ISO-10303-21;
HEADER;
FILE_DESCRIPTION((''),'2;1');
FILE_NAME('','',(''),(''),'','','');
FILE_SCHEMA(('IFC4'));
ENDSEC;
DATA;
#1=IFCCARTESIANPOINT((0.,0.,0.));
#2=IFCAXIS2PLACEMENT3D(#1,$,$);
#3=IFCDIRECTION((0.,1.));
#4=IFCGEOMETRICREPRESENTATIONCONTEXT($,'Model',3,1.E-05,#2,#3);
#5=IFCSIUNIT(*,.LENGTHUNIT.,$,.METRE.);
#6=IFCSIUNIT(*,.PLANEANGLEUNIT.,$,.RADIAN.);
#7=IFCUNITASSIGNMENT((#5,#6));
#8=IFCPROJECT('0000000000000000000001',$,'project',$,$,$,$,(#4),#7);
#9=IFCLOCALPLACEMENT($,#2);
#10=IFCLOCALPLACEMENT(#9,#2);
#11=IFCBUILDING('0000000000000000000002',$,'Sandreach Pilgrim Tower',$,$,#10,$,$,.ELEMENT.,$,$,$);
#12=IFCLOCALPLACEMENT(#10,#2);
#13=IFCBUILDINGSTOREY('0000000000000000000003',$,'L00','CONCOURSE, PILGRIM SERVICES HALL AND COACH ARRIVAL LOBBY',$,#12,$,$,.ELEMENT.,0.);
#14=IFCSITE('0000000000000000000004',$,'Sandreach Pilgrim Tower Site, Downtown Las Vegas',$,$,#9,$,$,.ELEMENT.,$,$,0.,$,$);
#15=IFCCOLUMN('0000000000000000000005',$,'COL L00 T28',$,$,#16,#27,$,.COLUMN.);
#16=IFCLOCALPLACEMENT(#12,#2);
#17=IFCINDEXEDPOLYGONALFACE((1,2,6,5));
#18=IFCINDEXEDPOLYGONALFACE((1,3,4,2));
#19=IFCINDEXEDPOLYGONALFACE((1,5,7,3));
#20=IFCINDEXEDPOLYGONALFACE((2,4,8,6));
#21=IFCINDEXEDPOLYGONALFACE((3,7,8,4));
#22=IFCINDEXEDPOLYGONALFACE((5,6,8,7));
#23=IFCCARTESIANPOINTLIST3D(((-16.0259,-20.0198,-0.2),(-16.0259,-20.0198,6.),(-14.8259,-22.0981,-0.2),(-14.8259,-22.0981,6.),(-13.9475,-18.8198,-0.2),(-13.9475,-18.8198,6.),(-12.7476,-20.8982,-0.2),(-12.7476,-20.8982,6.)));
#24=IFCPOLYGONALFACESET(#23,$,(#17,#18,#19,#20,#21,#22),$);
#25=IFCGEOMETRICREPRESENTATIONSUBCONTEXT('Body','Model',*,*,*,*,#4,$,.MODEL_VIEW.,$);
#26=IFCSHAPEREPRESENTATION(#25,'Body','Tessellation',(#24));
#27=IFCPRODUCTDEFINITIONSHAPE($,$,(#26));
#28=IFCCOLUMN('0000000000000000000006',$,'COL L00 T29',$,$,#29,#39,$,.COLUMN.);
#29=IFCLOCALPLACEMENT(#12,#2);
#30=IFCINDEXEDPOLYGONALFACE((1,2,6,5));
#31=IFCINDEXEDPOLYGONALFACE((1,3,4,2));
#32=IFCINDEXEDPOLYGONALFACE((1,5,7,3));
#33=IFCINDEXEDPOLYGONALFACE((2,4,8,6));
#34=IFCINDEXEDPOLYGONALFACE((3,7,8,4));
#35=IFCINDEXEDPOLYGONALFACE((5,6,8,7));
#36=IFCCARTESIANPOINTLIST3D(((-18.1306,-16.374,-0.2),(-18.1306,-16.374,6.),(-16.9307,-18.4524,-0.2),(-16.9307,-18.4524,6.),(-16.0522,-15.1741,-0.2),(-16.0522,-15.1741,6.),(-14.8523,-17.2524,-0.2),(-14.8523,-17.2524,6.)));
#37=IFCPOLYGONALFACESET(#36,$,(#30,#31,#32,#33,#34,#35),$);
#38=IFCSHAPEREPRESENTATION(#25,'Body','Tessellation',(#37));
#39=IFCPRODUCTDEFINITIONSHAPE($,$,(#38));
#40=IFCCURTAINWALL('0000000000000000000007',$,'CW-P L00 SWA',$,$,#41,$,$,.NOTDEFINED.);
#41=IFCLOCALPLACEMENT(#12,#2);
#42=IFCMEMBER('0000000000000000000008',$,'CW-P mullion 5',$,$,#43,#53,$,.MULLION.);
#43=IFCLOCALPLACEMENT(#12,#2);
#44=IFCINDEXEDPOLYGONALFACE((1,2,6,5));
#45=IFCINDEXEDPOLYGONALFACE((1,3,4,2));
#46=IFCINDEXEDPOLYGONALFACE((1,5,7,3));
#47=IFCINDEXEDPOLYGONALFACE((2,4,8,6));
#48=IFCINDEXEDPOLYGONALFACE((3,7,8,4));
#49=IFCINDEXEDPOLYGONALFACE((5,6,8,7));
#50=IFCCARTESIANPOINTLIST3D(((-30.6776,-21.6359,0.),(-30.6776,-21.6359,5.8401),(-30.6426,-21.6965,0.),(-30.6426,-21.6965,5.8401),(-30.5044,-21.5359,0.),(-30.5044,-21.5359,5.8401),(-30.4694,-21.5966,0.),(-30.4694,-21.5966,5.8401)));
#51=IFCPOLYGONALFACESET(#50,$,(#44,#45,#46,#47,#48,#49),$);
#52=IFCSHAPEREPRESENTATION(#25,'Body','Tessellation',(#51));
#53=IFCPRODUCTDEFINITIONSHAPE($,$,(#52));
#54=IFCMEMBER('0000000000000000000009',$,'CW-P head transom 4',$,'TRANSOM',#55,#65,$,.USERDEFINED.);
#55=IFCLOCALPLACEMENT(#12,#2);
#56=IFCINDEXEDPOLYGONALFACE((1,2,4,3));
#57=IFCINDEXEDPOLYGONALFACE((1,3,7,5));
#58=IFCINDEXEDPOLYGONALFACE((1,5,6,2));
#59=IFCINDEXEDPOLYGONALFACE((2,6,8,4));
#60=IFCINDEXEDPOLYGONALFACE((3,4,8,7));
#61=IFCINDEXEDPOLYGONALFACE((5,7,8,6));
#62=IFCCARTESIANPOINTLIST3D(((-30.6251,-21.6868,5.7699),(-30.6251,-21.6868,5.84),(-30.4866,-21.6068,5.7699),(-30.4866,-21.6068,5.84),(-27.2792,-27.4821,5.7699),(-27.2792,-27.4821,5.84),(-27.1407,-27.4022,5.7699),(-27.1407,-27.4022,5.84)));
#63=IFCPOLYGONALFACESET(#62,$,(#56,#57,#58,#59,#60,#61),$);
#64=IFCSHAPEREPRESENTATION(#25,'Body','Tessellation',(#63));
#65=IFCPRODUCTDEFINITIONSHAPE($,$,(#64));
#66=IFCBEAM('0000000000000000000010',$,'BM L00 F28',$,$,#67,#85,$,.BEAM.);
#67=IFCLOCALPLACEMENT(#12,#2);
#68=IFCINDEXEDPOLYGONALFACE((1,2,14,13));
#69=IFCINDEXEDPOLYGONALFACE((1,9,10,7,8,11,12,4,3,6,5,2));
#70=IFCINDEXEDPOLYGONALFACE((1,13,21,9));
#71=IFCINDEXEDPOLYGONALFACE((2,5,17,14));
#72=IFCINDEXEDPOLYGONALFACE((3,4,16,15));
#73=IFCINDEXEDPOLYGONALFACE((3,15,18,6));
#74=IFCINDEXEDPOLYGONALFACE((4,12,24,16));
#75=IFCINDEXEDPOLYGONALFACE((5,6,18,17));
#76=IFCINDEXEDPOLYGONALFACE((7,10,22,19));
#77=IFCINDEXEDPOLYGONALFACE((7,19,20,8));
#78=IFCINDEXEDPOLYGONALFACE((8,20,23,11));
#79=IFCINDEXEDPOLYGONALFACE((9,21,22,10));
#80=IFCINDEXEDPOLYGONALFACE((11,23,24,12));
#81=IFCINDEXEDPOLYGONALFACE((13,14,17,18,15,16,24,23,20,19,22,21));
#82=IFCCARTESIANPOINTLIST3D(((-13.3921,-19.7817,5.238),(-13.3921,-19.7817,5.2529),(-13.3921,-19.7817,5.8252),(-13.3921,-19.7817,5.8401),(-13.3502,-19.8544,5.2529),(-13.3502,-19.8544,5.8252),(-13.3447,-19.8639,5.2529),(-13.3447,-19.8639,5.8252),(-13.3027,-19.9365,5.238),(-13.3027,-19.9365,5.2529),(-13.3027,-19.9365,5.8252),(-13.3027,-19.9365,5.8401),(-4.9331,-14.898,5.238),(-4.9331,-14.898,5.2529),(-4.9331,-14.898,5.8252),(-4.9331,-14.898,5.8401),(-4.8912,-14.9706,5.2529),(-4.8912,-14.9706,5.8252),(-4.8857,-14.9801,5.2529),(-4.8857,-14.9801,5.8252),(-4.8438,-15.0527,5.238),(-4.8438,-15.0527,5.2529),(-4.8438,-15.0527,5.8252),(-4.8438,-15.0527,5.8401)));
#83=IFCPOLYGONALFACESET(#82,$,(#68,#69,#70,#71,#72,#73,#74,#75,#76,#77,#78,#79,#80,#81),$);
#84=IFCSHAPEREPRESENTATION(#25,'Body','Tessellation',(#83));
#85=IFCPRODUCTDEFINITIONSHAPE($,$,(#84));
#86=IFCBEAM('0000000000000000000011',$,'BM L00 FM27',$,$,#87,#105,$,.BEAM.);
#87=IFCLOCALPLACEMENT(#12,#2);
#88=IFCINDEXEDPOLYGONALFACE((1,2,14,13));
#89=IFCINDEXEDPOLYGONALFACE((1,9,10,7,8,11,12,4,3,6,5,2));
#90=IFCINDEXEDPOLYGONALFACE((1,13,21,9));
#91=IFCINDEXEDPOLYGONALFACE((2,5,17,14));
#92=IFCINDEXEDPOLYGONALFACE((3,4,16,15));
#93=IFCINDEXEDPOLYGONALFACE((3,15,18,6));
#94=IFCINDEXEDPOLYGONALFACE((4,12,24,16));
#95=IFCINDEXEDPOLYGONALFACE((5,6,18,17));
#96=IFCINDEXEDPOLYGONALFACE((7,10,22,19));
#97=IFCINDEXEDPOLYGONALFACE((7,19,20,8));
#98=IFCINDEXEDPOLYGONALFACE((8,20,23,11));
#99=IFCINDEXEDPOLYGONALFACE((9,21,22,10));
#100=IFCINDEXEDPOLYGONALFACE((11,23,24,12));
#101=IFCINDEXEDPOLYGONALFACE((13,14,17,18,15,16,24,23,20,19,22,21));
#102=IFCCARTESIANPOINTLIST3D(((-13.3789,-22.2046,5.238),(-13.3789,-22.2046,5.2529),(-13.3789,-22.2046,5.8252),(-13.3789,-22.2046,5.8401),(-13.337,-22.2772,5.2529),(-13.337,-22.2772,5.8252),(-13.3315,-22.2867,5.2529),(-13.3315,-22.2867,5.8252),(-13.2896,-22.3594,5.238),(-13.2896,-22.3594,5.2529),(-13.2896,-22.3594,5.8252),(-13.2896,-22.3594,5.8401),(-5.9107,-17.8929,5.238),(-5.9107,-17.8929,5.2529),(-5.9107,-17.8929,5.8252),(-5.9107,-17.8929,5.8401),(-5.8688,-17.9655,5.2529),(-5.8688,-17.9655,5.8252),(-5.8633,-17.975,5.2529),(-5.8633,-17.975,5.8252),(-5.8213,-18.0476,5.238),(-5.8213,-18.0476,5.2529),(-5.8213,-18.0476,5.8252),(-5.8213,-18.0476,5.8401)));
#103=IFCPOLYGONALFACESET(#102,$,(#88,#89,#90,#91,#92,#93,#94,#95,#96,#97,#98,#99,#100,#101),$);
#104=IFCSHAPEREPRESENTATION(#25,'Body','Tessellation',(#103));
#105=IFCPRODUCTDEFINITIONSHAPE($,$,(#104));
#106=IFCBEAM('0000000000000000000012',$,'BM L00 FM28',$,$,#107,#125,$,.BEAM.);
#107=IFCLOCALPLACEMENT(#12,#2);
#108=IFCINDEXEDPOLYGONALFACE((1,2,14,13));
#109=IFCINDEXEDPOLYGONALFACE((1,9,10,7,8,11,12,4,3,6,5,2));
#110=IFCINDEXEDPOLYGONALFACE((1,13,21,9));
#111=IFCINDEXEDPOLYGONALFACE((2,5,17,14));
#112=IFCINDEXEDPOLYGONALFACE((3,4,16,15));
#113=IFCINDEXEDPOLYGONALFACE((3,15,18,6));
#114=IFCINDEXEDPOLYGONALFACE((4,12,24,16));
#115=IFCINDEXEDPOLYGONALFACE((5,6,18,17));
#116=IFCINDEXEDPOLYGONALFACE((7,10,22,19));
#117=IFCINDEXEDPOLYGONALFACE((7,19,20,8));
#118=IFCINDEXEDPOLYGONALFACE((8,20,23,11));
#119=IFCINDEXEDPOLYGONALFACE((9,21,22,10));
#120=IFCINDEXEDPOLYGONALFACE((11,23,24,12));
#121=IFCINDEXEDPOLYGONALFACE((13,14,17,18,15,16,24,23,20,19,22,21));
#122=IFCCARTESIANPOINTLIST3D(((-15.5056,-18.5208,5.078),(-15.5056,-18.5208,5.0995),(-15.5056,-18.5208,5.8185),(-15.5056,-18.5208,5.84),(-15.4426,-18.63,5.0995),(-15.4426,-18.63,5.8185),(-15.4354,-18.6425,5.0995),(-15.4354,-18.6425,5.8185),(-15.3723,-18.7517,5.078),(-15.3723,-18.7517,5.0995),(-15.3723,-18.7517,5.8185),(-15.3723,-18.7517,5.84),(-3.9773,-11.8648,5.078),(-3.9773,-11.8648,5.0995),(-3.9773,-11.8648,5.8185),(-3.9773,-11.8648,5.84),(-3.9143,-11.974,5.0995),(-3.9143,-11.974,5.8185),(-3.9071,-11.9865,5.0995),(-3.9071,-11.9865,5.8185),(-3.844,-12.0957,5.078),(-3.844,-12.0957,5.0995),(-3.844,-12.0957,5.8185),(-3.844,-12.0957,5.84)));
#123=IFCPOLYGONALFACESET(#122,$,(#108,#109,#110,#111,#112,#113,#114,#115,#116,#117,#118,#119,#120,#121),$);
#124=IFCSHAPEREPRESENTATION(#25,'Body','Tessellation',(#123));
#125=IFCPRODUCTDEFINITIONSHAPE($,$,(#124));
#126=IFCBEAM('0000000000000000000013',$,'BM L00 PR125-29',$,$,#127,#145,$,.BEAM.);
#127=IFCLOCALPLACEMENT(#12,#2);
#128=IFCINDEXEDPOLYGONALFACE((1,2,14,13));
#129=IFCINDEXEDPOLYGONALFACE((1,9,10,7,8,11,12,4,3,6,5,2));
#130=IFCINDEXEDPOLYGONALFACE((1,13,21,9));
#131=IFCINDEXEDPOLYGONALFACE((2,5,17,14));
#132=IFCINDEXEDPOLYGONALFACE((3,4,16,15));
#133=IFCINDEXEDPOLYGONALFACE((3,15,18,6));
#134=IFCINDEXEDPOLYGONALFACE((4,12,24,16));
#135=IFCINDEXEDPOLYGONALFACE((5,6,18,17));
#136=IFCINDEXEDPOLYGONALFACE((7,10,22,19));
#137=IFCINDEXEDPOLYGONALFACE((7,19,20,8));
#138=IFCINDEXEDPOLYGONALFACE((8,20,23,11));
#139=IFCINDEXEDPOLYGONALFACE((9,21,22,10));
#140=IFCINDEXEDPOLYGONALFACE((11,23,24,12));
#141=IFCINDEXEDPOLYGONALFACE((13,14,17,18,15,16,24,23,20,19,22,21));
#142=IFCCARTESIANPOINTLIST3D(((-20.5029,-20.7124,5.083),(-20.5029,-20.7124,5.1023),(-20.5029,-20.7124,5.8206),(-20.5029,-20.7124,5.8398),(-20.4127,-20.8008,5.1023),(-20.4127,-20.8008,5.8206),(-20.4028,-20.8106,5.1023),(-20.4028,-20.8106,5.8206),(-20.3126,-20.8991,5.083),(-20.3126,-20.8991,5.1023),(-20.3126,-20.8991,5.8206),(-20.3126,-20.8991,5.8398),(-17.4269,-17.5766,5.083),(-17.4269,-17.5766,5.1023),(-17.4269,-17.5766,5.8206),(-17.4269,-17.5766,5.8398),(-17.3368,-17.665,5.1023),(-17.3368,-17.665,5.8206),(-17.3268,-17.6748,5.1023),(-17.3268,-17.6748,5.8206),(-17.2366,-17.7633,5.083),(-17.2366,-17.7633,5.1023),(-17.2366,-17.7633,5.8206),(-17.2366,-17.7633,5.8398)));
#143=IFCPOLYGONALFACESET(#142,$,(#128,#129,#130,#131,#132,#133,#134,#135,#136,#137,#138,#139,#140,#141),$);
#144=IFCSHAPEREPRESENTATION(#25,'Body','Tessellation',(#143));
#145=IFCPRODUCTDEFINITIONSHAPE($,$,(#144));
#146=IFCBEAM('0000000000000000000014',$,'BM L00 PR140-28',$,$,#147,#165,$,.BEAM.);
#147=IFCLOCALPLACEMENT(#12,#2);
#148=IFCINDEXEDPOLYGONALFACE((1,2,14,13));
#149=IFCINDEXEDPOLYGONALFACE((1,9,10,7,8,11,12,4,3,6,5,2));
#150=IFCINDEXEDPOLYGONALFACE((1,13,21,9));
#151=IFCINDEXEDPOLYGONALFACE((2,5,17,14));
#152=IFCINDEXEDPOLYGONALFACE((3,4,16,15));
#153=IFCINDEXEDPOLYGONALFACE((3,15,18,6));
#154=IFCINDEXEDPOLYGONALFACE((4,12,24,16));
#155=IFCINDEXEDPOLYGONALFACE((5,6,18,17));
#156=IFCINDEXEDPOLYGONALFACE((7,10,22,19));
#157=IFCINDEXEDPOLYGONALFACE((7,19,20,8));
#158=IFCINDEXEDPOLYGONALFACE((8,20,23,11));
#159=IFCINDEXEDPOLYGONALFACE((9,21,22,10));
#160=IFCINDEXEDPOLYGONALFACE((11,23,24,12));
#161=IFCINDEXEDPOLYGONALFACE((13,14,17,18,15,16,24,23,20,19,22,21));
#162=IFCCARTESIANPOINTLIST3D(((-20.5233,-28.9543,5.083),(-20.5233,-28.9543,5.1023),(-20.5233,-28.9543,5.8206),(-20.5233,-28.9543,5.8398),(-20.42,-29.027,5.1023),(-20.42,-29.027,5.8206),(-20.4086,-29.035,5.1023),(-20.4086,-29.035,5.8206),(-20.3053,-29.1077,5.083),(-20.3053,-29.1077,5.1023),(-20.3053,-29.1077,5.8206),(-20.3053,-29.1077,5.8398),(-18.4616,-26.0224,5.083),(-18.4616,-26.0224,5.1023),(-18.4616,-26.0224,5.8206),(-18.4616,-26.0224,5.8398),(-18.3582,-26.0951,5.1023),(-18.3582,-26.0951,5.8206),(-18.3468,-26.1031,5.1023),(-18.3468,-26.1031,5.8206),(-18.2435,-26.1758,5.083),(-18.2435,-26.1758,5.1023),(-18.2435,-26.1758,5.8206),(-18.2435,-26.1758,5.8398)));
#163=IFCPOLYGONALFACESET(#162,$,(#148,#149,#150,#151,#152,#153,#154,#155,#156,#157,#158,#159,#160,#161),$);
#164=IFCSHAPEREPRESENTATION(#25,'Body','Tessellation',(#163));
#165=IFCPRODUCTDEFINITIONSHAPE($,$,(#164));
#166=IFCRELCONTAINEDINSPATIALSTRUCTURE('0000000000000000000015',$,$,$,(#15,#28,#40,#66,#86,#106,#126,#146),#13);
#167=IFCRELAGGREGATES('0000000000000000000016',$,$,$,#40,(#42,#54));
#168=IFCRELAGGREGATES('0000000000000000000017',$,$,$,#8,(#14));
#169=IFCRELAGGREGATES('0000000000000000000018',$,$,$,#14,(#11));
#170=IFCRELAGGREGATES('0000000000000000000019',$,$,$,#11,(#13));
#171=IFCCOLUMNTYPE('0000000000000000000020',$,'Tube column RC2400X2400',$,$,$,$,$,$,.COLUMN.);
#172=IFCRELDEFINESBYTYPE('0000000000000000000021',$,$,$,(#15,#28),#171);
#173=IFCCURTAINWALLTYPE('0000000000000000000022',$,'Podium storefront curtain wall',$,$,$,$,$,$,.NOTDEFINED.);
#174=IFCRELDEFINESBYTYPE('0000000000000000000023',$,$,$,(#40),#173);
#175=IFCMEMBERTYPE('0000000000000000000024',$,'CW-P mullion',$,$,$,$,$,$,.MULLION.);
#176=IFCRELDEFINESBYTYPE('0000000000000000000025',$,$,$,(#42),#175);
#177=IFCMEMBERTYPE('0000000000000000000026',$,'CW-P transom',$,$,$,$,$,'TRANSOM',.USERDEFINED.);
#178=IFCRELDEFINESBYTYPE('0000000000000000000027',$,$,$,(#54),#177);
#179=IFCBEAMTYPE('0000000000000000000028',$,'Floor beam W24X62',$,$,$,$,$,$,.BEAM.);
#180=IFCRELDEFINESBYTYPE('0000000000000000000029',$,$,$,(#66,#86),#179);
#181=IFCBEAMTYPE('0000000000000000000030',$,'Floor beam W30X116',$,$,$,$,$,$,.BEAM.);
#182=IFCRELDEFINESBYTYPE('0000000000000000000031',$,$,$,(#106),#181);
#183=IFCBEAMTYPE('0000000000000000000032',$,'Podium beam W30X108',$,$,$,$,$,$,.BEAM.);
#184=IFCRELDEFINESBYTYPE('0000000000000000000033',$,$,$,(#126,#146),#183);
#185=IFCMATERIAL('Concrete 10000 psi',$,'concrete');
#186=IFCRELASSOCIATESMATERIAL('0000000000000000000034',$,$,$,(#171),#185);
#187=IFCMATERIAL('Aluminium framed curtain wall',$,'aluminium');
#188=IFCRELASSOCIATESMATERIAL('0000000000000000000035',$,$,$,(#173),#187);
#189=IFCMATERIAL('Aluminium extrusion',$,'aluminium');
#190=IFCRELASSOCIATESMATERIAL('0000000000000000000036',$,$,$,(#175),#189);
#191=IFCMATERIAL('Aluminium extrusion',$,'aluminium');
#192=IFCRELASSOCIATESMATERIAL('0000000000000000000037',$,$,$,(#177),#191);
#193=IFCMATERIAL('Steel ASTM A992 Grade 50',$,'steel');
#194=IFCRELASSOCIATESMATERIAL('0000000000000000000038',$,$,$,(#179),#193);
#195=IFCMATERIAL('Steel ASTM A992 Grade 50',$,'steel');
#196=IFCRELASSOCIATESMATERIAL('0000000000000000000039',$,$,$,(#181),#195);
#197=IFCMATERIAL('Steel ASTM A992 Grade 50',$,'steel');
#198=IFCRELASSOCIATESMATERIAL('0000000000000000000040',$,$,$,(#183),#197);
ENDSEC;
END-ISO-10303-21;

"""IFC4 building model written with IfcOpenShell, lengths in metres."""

from ifc_helpers import new_model, si_unit, direction, frame, origin, origin_2d, place, context, subcontext, project, spatial, rectangle, i_section, extrude, material, material_profile, profile_set, type_object, element, aggregate, save


model = new_model("IFC4")

# Units and contexts
model_context = context("Model", 3, precision=1e-05, world=origin(), true_north=direction((0.0, 1.0)))
body_context = subcontext(model_context, "Body", "Model", "MODEL_VIEW")
ifc_project = project(units=[si_unit("LENGTHUNIT", "METRE"), si_unit("PLANEANGLEUNIT", "RADIAN")], contexts=[model_context])

# Site, building, storey
site_placement = place(None, origin())
site = spatial("IfcSite", under=ifc_project, at=site_placement, Name="Sandreach Pilgrim Tower Site, Downtown Las Vegas", CompositionType="ELEMENT", RefElevation=0.0)
building_placement = place(site_placement, origin())
building = spatial("IfcBuilding", under=site, at=building_placement, Name="Sandreach Pilgrim Tower", CompositionType="ELEMENT")
storey_placement = place(building_placement, origin())
storey = spatial("IfcBuildingStorey", under=building, at=storey_placement, Name="L00", Description="CONCOURSE, PILGRIM SERVICES HALL AND COACH ARRIVAL LOBBY", CompositionType="ELEMENT", Elevation=0.0)

# Columns
ifc_material_1 = material(Name="Concrete 10000 psi", Category="concrete")
ifc_material_profile_1 = material_profile(ifc_material_1, rectangle(XDim=2.3999, YDim=2.3999, at=origin_2d()), Name="RC2400X2400")
ifc_profile_set_1 = profile_set([ifc_material_profile_1], Name="Concrete 10000 psi")
column_type_1 = type_object("IfcColumnType", Name="Tube column RC2400X2400", PredefinedType="COLUMN", material=ifc_profile_set_1)
for number, where, z_axis, x_axis, name in (
    (1, (-14.3867, -20.459, -0.2), (0.0, 0.0, 1.0), (-0.866025, -0.5, 0.0), "COL L00 T28"),
    (2, (-16.4915, -16.8132, -0.2), (0.0, 0.0, 1.0), (-0.866025, -0.5, 0.0), "COL L00 T29"),
):
    element("IfcColumn", number, at=place(storey_placement, frame(where, z_axis=z_axis, x_axis=x_axis)), inside=storey, type_object=column_type_1, Name=name, PredefinedType="COLUMN", context=body_context, shape_type="SweptSolid", body=[
        extrude(rectangle(XDim=2.3999, YDim=2.3999, at=origin_2d()), origin(), (0.0, 0.0, 1.0), 6.2),
    ])

# Curtain wall, members
ifc_material_2 = material(Name="Aluminium framed curtain wall", Category="aluminium")
curtain_wall_type = type_object("IfcCurtainWallType", Name="Podium storefront curtain wall", PredefinedType="NOTDEFINED", material=ifc_material_2)
curtain_wall_placement = place(storey_placement, origin())
curtain_wall = element("IfcCurtainWall", 3, at=curtain_wall_placement, inside=storey, type_object=curtain_wall_type, Name="CW-P L00 SWA", PredefinedType="NOTDEFINED")
ifc_material_3 = material(Name="Aluminium extrusion", Category="aluminium")
ifc_material_profile_2 = material_profile(ifc_material_3, rectangle(XDim=0.0701, YDim=0.2, at=origin_2d()), Name="CW-PM 70X200")
ifc_profile_set_2 = profile_set([ifc_material_profile_2], Name="Aluminium extrusion")
member_type_1 = type_object("IfcMemberType", Name="CW-P mullion", PredefinedType="MULLION", material=ifc_profile_set_2)
member_1_placement = place(storey_placement, frame((-30.5735, -21.6162, 0.0), z_axis=(0.0, 0.0, 1.0), x_axis=(-0.5, 0.866025, 0.0)))
member_1 = element("IfcMember", 4, at=member_1_placement, type_object=member_type_1, Name="CW-P mullion 5", PredefinedType="MULLION", context=body_context, shape_type="SweptSolid", body=[
    extrude(rectangle(XDim=0.0701, YDim=0.2, at=origin_2d()), origin(), (0.0, 0.0, 1.0), 5.8401),
])
ifc_material_4 = material(Name="Aluminium extrusion", Category="aluminium")
ifc_material_profile_3 = material_profile(ifc_material_4, rectangle(XDim=0.1599, YDim=0.0701, at=origin_2d()), Name="CW-PT 160X70")
ifc_profile_set_3 = profile_set([ifc_material_profile_3], Name="Aluminium extrusion")
member_type_2 = type_object("IfcMemberType", Name="CW-P transom", ElementType="TRANSOM", PredefinedType="USERDEFINED", material=ifc_profile_set_3)
member_2_placement = place(storey_placement, frame((-27.21, -27.4421, 5.8049), z_axis=(-0.499996, 0.866028, 0.0), x_axis=(-0.866028, -0.499996, 0.0)))
member_2 = element("IfcMember", 5, at=member_2_placement, type_object=member_type_2, Name="CW-P head transom 4", ObjectType="TRANSOM", PredefinedType="USERDEFINED", context=body_context, shape_type="SweptSolid", body=[
    extrude(rectangle(XDim=0.1599, YDim=0.0701, at=origin_2d()), origin(), (0.0, 0.0, 1.0), 6.6919),
])

# Beams
ifc_material_5 = material(Name="Steel ASTM A992 Grade 50", Category="steel")
ifc_material_profile_4 = material_profile(ifc_material_5, i_section(OverallWidth=0.1787, OverallDepth=0.6021, WebThickness=0.011, FlangeThickness=0.0149, at=origin_2d()), Name="W24X62")
ifc_profile_set_4 = profile_set([ifc_material_profile_4], Name="Steel ASTM A992 Grade 50")
beam_type_1 = type_object("IfcBeamType", Name="Floor beam W24X62", PredefinedType="BEAM", material=ifc_profile_set_4)
beam_1_placement = place(storey_placement, frame((-13.3474, -19.8591, 5.5391), z_axis=(0.866026, 0.499999, 0.0), x_axis=(-0.499999, 0.866026, 0.0)))
element("IfcBeam", 6, at=beam_1_placement, inside=storey, type_object=beam_type_1, Name="BM L00 F28", PredefinedType="BEAM", context=body_context, shape_type="SweptSolid", body=[
    extrude(i_section(OverallWidth=0.1787, OverallDepth=0.6021, WebThickness=0.011, FlangeThickness=0.0149, at=origin_2d()), origin(), (0.0, 0.0, 1.0), 9.7676),
])
beam_2_placement = place(storey_placement, frame((-13.3342, -22.282, 5.5391), z_axis=(0.866027, 0.499997, 0.0), x_axis=(-0.499997, 0.866027, 0.0)))
element("IfcBeam", 7, at=beam_2_placement, inside=storey, type_object=beam_type_1, Name="BM L00 FM27", PredefinedType="BEAM", context=body_context, shape_type="SweptSolid", body=[
    extrude(i_section(OverallWidth=0.1787, OverallDepth=0.6021, WebThickness=0.011, FlangeThickness=0.0149, at=origin_2d()), origin(), (0.0, 0.0, 1.0), 8.6235),
])
ifc_material_6 = material(Name="Steel ASTM A992 Grade 50", Category="steel")
ifc_material_profile_5 = material_profile(ifc_material_6, i_section(OverallWidth=0.2666, OverallDepth=0.762, WebThickness=0.0144, FlangeThickness=0.0215, at=origin_2d()), Name="W30X116")
ifc_profile_set_5 = profile_set([ifc_material_profile_5], Name="Steel ASTM A992 Grade 50")
beam_type_2 = type_object("IfcBeamType", Name="Floor beam W30X116", PredefinedType="BEAM", material=ifc_profile_set_5)
beam_3_placement = place(storey_placement, frame((-15.439, -18.6362, 5.459), z_axis=(0.866021, 0.500007, 0.0), x_axis=(-0.500007, 0.866021, 0.0)))
element("IfcBeam", 8, at=beam_3_placement, inside=storey, type_object=beam_type_2, Name="BM L00 FM28", PredefinedType="BEAM", context=body_context, shape_type="SweptSolid", body=[
    extrude(i_section(OverallWidth=0.2666, OverallDepth=0.762, WebThickness=0.0144, FlangeThickness=0.0215, at=origin_2d()), origin(), (0.0, 0.0, 1.0), 13.3118),
])
ifc_material_7 = material(Name="Steel ASTM A992 Grade 50", Category="steel")
ifc_material_profile_6 = material_profile(ifc_material_7, i_section(OverallWidth=0.2666, OverallDepth=0.7568, WebThickness=0.0139, FlangeThickness=0.0193, at=origin_2d()), Name="W30X108")
ifc_profile_set_6 = profile_set([ifc_material_profile_6], Name="Steel ASTM A992 Grade 50")
beam_type_3 = type_object("IfcBeamType", Name="Podium beam W30X108", PredefinedType="BEAM", material=ifc_profile_set_6)
beam_4_placement = place(storey_placement, frame((-17.3318, -17.6699, 5.4614), z_axis=(-0.700265, -0.713883, 0.0), x_axis=(0.713883, -0.700265, 0.0)))
element("IfcBeam", 9, at=beam_4_placement, inside=storey, type_object=beam_type_3, Name="BM L00 PR125-29", PredefinedType="BEAM", context=body_context, shape_type="SweptSolid", body=[
    extrude(i_section(OverallWidth=0.2666, OverallDepth=0.7568, WebThickness=0.0139, FlangeThickness=0.0193, at=origin_2d()), origin(), (0.0, 0.0, 1.0), 4.3926),
])
beam_5_placement = place(storey_placement, frame((-18.3525, -26.0991, 5.4614), z_axis=(-0.57523, -0.817992, 0.0), x_axis=(0.817992, -0.57523, 0.0)))
element("IfcBeam", 10, at=beam_5_placement, inside=storey, type_object=beam_type_3, Name="BM L00 PR140-28", PredefinedType="BEAM", context=body_context, shape_type="SweptSolid", body=[
    extrude(i_section(OverallWidth=0.2666, OverallDepth=0.7568, WebThickness=0.0139, FlangeThickness=0.0193, at=origin_2d()), origin(), (0.0, 0.0, 1.0), 3.5842),
])

aggregate(curtain_wall, [member_1, member_2])

save(model, "model.ifc")
